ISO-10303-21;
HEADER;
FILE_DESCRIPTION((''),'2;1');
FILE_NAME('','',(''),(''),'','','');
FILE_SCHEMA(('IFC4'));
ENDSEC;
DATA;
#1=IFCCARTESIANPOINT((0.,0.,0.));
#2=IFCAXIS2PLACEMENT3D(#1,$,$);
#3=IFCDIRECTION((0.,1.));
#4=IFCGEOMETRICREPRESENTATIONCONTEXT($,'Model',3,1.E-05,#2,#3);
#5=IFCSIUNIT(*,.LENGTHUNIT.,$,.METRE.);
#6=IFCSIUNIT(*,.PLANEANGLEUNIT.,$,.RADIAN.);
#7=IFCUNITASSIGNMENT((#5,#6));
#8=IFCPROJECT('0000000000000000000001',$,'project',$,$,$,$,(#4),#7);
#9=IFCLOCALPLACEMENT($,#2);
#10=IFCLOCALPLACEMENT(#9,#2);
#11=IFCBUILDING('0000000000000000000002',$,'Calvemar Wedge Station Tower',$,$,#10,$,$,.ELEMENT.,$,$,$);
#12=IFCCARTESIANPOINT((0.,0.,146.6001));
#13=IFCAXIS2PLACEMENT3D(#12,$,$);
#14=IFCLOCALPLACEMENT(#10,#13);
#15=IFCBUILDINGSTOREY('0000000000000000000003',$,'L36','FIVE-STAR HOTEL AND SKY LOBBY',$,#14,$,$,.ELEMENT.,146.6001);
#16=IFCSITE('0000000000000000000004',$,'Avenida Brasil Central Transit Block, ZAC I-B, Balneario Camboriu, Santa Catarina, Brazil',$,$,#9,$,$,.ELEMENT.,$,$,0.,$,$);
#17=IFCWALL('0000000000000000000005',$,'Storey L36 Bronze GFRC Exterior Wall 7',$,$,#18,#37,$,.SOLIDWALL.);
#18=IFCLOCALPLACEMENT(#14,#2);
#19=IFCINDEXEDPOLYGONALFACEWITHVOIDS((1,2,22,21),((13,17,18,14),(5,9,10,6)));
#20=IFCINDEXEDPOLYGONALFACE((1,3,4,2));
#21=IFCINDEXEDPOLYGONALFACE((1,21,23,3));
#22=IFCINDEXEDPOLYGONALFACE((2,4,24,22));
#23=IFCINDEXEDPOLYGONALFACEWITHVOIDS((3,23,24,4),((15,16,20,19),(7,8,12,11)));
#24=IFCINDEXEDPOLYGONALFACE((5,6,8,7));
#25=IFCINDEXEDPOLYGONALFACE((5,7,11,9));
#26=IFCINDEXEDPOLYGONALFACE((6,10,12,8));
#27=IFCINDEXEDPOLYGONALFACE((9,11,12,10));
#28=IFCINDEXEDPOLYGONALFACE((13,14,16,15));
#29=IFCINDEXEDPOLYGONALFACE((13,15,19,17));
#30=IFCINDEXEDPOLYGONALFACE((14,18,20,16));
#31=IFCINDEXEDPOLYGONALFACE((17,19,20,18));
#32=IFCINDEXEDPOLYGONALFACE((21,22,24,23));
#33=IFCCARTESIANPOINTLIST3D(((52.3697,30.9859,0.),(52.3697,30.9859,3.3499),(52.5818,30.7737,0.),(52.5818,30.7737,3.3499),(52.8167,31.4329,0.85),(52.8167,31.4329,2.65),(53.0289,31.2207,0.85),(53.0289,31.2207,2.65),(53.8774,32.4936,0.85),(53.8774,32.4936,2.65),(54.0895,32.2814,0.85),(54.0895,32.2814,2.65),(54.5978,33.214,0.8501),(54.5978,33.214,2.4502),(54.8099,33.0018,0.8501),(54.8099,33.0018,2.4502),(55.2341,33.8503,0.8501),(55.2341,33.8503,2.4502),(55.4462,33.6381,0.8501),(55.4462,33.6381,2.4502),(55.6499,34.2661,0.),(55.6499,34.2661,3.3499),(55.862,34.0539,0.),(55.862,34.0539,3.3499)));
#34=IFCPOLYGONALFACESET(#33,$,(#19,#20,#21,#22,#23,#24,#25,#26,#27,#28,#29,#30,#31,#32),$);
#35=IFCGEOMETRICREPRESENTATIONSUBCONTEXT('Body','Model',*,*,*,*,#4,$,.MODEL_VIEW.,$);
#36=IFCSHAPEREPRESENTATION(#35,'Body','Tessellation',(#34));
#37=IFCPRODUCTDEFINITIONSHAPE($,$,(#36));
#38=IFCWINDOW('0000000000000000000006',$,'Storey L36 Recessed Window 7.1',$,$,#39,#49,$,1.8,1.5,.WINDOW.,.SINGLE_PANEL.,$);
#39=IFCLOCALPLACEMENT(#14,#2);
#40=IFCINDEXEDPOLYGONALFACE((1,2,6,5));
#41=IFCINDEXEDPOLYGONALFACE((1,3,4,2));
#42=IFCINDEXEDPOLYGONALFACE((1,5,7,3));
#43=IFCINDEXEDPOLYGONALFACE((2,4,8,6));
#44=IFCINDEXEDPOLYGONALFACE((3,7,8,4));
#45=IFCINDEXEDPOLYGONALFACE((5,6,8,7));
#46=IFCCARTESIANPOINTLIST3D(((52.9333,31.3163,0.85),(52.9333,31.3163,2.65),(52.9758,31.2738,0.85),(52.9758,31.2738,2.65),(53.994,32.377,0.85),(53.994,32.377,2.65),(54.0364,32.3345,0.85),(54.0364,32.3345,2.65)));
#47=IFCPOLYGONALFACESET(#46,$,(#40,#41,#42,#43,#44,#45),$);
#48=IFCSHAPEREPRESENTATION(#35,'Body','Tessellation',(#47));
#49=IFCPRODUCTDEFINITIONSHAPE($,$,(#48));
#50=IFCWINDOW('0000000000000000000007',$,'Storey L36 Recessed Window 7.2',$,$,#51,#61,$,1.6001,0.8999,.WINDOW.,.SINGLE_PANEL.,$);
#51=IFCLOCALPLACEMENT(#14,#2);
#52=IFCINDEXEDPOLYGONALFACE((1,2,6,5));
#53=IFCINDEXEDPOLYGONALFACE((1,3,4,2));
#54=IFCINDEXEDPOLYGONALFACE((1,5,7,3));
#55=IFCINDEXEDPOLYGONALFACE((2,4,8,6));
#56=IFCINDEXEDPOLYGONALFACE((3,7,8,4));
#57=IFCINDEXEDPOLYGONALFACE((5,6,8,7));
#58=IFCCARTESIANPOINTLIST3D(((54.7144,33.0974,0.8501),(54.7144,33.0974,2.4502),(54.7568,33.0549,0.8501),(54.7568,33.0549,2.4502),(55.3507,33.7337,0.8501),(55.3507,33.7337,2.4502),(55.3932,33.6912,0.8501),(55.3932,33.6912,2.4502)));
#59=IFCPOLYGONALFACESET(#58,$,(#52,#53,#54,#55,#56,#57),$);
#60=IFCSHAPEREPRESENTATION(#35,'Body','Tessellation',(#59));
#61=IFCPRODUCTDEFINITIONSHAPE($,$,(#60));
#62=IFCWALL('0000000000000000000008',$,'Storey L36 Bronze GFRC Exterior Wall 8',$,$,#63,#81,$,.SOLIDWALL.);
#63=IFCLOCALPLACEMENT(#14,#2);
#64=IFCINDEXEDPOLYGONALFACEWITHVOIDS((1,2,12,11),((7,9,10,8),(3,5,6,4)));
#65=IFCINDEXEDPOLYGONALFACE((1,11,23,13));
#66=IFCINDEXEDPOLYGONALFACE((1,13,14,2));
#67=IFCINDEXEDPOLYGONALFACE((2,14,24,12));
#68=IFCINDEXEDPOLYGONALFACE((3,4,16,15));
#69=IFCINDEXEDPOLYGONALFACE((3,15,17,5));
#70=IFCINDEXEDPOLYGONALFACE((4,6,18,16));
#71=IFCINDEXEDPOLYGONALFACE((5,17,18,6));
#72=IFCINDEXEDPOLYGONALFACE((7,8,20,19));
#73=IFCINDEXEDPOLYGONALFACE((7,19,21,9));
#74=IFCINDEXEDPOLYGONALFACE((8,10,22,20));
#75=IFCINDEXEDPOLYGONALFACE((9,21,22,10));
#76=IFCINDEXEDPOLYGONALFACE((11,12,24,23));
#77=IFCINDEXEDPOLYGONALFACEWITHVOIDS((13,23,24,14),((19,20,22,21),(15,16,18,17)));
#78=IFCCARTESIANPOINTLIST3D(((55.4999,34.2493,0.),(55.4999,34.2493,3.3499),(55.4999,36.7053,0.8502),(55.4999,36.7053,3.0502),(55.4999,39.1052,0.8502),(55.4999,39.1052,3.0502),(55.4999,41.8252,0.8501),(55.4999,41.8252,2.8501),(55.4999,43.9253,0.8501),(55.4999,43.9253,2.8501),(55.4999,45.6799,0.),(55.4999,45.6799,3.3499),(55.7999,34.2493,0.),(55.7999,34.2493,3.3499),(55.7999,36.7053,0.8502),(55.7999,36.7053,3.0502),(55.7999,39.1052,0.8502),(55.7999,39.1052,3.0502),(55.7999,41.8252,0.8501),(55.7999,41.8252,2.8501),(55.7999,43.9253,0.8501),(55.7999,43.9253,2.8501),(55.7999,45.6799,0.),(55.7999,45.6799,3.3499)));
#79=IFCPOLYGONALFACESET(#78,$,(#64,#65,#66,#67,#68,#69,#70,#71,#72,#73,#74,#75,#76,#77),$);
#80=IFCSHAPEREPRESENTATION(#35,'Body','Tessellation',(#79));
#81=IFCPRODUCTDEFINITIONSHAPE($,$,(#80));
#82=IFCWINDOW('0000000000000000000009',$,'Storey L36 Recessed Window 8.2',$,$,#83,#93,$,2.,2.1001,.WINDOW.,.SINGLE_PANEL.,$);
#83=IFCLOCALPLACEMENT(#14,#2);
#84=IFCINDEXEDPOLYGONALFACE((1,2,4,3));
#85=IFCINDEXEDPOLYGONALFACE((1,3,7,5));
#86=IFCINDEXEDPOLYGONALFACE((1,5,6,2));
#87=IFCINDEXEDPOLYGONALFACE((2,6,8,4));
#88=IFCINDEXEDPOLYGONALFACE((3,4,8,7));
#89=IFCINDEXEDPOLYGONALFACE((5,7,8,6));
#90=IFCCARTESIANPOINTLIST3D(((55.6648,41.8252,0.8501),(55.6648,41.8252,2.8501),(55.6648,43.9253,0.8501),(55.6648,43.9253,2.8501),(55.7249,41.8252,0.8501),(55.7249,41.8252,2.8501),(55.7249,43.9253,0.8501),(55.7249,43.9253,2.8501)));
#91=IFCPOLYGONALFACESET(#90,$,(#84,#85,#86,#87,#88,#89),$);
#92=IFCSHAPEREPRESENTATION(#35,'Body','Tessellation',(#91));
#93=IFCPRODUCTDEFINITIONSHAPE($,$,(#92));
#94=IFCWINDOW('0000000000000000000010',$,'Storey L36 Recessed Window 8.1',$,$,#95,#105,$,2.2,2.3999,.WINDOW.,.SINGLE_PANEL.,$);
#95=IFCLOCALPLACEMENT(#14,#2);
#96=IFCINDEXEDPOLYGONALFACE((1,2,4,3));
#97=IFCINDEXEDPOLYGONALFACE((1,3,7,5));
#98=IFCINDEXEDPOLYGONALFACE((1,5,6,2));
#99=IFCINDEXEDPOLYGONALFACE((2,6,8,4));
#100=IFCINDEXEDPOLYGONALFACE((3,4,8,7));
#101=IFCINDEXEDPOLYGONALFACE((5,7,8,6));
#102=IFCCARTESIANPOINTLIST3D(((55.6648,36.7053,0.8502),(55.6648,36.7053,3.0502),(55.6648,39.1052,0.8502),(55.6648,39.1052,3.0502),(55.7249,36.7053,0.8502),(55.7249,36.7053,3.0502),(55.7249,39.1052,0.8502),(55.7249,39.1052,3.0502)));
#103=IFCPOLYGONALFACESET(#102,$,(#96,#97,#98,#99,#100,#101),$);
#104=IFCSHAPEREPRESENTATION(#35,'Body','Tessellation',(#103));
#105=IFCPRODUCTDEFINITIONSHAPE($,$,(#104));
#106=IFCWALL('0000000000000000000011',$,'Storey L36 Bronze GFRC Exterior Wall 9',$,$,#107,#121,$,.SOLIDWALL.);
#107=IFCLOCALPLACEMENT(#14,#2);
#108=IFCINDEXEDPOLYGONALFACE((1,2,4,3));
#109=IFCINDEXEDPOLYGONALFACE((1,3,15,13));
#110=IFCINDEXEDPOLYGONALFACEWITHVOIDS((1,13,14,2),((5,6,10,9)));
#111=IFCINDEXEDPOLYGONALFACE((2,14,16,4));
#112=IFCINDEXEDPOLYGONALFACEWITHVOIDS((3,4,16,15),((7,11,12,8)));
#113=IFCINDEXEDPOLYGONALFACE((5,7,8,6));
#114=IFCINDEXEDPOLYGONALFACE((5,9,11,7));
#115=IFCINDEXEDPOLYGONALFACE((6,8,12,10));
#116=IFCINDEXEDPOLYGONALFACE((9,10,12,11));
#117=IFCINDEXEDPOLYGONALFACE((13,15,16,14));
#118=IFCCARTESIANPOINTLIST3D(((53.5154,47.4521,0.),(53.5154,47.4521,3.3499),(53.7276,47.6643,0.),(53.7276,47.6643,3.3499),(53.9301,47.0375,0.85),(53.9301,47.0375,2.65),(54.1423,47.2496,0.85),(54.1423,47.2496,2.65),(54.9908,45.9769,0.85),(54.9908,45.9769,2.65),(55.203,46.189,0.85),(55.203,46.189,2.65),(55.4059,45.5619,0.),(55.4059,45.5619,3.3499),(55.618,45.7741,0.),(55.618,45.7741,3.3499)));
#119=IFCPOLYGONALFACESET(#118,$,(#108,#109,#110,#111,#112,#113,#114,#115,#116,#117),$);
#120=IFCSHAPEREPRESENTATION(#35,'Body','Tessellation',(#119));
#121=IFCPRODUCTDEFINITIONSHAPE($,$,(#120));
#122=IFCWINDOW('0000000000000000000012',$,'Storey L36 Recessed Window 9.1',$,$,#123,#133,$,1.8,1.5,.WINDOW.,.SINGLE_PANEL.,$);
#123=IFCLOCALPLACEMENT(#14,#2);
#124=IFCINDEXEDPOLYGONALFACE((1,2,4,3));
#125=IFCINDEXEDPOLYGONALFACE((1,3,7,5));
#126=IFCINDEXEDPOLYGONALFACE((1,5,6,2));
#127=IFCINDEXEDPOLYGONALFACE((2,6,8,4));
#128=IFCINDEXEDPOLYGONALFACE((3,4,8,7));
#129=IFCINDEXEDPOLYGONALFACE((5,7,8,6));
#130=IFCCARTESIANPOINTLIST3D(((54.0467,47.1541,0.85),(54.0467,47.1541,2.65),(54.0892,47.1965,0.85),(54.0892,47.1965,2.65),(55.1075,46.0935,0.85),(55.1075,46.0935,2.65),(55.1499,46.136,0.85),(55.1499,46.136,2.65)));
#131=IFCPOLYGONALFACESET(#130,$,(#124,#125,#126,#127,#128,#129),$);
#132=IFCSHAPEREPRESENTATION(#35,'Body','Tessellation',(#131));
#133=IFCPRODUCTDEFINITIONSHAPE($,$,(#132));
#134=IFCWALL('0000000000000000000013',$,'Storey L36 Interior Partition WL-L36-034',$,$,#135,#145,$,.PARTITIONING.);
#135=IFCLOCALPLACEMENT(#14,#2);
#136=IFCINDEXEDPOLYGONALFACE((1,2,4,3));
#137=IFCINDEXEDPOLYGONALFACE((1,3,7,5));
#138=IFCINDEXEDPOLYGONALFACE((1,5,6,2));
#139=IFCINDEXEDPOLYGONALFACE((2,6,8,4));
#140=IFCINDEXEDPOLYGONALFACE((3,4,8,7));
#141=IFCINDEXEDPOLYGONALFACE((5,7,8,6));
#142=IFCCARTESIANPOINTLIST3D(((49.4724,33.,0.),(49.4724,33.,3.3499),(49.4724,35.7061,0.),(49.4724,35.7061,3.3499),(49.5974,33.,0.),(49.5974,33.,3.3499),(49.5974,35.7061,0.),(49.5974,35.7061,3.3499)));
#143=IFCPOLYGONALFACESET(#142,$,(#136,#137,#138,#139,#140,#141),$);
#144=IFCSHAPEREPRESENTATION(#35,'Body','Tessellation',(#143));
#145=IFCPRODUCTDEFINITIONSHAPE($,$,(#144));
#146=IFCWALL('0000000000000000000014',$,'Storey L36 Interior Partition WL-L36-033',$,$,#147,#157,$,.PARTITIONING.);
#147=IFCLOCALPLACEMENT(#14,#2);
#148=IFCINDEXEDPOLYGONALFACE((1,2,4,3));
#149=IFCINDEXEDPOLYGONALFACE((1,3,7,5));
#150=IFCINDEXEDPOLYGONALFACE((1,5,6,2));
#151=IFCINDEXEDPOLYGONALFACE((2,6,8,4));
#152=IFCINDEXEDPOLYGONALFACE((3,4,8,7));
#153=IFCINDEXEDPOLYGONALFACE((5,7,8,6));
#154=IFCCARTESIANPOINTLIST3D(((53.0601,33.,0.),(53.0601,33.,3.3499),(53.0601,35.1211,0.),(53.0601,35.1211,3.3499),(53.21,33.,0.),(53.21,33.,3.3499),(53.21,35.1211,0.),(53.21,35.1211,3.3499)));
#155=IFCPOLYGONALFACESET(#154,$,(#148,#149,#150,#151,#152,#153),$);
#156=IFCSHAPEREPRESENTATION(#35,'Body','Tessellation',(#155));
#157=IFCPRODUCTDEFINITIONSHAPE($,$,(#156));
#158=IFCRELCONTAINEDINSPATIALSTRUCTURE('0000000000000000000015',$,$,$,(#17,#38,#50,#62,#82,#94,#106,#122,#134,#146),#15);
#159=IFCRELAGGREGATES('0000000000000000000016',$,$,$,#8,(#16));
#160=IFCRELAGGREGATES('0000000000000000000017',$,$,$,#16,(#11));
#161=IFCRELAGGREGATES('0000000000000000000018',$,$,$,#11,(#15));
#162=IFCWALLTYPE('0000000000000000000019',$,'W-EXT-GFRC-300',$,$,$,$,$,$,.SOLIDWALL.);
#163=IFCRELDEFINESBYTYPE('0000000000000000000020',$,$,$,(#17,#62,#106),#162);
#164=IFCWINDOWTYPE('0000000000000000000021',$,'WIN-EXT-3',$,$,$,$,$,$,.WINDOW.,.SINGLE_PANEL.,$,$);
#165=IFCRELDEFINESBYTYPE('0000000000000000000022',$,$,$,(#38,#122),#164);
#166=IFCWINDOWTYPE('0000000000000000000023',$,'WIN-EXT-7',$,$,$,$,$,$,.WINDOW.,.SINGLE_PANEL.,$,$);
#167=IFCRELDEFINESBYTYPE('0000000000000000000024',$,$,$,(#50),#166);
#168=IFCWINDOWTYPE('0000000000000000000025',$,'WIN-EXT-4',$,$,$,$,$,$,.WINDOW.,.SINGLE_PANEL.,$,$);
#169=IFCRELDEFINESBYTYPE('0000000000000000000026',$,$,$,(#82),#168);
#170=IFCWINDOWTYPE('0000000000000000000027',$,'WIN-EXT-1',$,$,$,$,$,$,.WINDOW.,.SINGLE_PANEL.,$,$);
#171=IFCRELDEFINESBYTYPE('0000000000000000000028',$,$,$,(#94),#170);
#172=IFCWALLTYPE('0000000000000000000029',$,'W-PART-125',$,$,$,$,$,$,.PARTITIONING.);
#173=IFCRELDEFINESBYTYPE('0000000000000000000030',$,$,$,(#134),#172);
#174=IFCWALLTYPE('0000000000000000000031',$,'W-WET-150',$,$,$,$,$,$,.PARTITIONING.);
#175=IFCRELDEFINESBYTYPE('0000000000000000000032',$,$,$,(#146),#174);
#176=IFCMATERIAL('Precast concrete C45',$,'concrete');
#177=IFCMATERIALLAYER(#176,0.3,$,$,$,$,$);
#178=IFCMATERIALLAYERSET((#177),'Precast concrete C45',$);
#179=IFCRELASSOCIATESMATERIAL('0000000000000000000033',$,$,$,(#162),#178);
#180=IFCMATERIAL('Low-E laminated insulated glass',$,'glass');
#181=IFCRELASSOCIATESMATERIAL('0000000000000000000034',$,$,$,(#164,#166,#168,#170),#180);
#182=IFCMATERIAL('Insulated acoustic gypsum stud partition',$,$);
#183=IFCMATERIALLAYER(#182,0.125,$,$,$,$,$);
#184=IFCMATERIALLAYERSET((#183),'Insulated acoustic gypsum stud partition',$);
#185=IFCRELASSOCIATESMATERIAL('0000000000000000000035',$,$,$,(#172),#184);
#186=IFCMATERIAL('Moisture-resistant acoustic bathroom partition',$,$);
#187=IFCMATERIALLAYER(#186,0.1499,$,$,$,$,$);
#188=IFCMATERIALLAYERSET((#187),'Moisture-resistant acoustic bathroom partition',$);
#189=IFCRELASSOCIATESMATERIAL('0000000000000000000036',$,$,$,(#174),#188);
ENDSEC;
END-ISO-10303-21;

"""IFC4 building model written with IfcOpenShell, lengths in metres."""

from ifc_helpers import new_model, si_unit, direction, frame, frame_2d, origin, place, context, subcontext, project, spatial, rectangle, extrude, source, transform, mapped, material, layer, layer_set, type_object, element, fill, save


model = new_model("IFC4")

# Units and contexts
model_context = context("Model", 3, precision=1e-05, world=origin(), true_north=direction((0.0, 1.0)))
body_context = subcontext(model_context, "Body", "Model", "MODEL_VIEW")
ifc_project = project(units=[si_unit("LENGTHUNIT", "METRE"), si_unit("PLANEANGLEUNIT", "RADIAN")], contexts=[model_context])

# Site, building, storey
site_placement = place(None, origin())
site = spatial("IfcSite", under=ifc_project, at=site_placement, Name="Avenida Brasil Central Transit Block, ZAC I-B, Balneario Camboriu, Santa Catarina, Brazil", CompositionType="ELEMENT", RefElevation=0.0)
building_placement = place(site_placement, origin())
building = spatial("IfcBuilding", under=site, at=building_placement, Name="Calvemar Wedge Station Tower", CompositionType="ELEMENT")
storey_placement = place(building_placement, frame((0.0, 0.0, 146.6001)))
storey = spatial("IfcBuildingStorey", under=building, at=storey_placement, Name="L36", Description="FIVE-STAR HOTEL AND SKY LOBBY", CompositionType="ELEMENT", Elevation=146.6001)

# Shared definitions
ifc_material_1 = material(Name="Precast concrete C45", Category="concrete")

# Shared definitions
ifc_layer_1 = layer(ifc_material_1, 0.3)
ifc_layer_set_1 = layer_set([ifc_layer_1], Name="Precast concrete C45")
wall_type_1 = type_object("IfcWallType", Name="W-EXT-GFRC-300", PredefinedType="SOLIDWALL", material=ifc_layer_set_1)

# Walls, openings, windows
wall_1_placement = place(storey_placement, frame((52.4758, 30.8799, 0.0), z_axis=(0.0, 0.0, 1.0), x_axis=(0.707107, 0.707107, 0.0)))
wall_1 = element("IfcWall", 1, at=wall_1_placement, inside=storey, type_object=wall_type_1, Name="Storey L36 Bronze GFRC Exterior Wall 7", PredefinedType="SOLIDWALL", context=body_context, shape_type="SweptSolid", body=[
    extrude(rectangle(XDim=4.6389, YDim=0.3, at=frame_2d((2.3193, 0.0))), origin(), (0.0, 0.0, 1.0), 3.3499),
])
shared_shape_1 = source(origin(), body_context, "Body", "SweptSolid", [
    extrude(rectangle(XDim=1.5, YDim=1.8, at=frame_2d((0.75, 0.8999))), frame((0.0, 0.1602, 0.0), z_axis=(0.0, -1.0, 0.0), x_axis=(1.0, 0.0, 0.0)), (0.0, 0.0, 1.0), 0.3201),
])
opening_1_placement = place(wall_1_placement, frame((0.6321, 0.0, 0.8501)))
opening_1 = element("IfcOpeningElement", 2, at=opening_1_placement, cuts=wall_1, PredefinedType="OPENING", context=body_context, shape_type="MappedRepresentation", body=[
    mapped(shared_shape_1, transform((0.0, 0.0, 0.0), scale=1.0)),
])
shared_shape_2 = source(origin(), body_context, "Body", "SweptSolid", [
    extrude(rectangle(XDim=0.8999, YDim=1.6001, at=frame_2d((0.45, 0.8))), frame((0.0, 0.1602, 0.0), z_axis=(0.0, -1.0, 0.0), x_axis=(1.0, 0.0, 0.0)), (0.0, 0.0, 1.0), 0.3201),
])
opening_2_placement = place(wall_1_placement, frame((3.1509, 0.0, 0.8501)))
opening_2 = element("IfcOpeningElement", 3, at=opening_2_placement, cuts=wall_1, PredefinedType="OPENING", context=body_context, shape_type="MappedRepresentation", body=[
    mapped(shared_shape_2, transform((0.0, 0.0, 0.0), scale=1.0)),
])
ifc_material_2 = material(Name="Low-E laminated insulated glass", Category="glass")
window_type_1 = type_object("IfcWindowType", Name="WIN-EXT-3", PartitioningType="SINGLE_PANEL", PredefinedType="WINDOW", material=ifc_material_2)
shared_shape_3 = source(origin(), body_context, "Body", "SweptSolid", [
    extrude(rectangle(XDim=1.5, YDim=1.8, at=frame_2d((0.75, 0.8999))), frame((0.0, -0.0149, 0.0), z_axis=(0.0, -1.0, 0.0), x_axis=(1.0, 0.0, 0.0)), (0.0, 0.0, 1.0), 0.0601),
])
window_1_placement = place(opening_1_placement, origin())
window_1 = element("IfcWindow", 4, at=window_1_placement, inside=storey, type_object=window_type_1, Name="Storey L36 Recessed Window 7.1", OverallHeight=1.8, OverallWidth=1.5, PartitioningType="SINGLE_PANEL", PredefinedType="WINDOW", context=body_context, shape_type="MappedRepresentation", body=[
    mapped(shared_shape_3, transform((0.0, 0.0, 0.0), scale=1.0)),
])
fill(opening_1, window_1)
window_type_2 = type_object("IfcWindowType", Name="WIN-EXT-7", PartitioningType="SINGLE_PANEL", PredefinedType="WINDOW", material=ifc_material_2)
shared_shape_4 = source(origin(), body_context, "Body", "SweptSolid", [
    extrude(rectangle(XDim=0.8999, YDim=1.6001, at=frame_2d((0.45, 0.8))), frame((0.0, -0.0149, 0.0), z_axis=(0.0, -1.0, 0.0), x_axis=(1.0, 0.0, 0.0)), (0.0, 0.0, 1.0), 0.0601),
])
window_2_placement = place(opening_2_placement, origin())
window_2 = element("IfcWindow", 5, at=window_2_placement, inside=storey, type_object=window_type_2, Name="Storey L36 Recessed Window 7.2", OverallHeight=1.6001, OverallWidth=0.8999, PartitioningType="SINGLE_PANEL", PredefinedType="WINDOW", context=body_context, shape_type="MappedRepresentation", body=[
    mapped(shared_shape_4, transform((0.0, 0.0, 0.0), scale=1.0)),
])
fill(opening_2, window_2)
wall_2_placement = place(storey_placement, frame((55.6499, 34.2493, 0.0), z_axis=(0.0, 0.0, 1.0), x_axis=(0.0, 1.0, 0.0)))
wall_2 = element("IfcWall", 6, at=wall_2_placement, inside=storey, type_object=wall_type_1, Name="Storey L36 Bronze GFRC Exterior Wall 8", PredefinedType="SOLIDWALL", context=body_context, shape_type="SweptSolid", body=[
    extrude(rectangle(XDim=11.4307, YDim=0.3, at=frame_2d((5.7153, 0.0))), origin(), (0.0, 0.0, 1.0), 3.3499),
])
shared_shape_5 = source(origin(), body_context, "Body", "SweptSolid", [
    extrude(rectangle(XDim=2.3999, YDim=2.2, at=frame_2d((1.2, 1.1001))), frame((0.0, 0.1602, 0.0), z_axis=(0.0, -1.0, 0.0), x_axis=(1.0, 0.0, 0.0)), (0.0, 0.0, 1.0), 0.3201),
])
opening_3_placement = place(wall_2_placement, frame((2.4561, 0.0, 0.8501)))
opening_3 = element("IfcOpeningElement", 7, at=opening_3_placement, cuts=wall_2, PredefinedType="OPENING", context=body_context, shape_type="MappedRepresentation", body=[
    mapped(shared_shape_5, transform((0.0, 0.0, 0.0), scale=1.0)),
])
shared_shape_6 = source(origin(), body_context, "Body", "SweptSolid", [
    extrude(rectangle(XDim=2.1001, YDim=2.0, at=frame_2d((1.05, 1.0))), frame((0.0, 0.1602, 0.0), z_axis=(0.0, -1.0, 0.0), x_axis=(1.0, 0.0, 0.0)), (0.0, 0.0, 1.0), 0.3201),
])
opening_4_placement = place(wall_2_placement, frame((7.5759, 0.0, 0.8501)))
opening_4 = element("IfcOpeningElement", 8, at=opening_4_placement, cuts=wall_2, PredefinedType="OPENING", context=body_context, shape_type="MappedRepresentation", body=[
    mapped(shared_shape_6, transform((0.0, 0.0, 0.0), scale=1.0)),
])
window_type_3 = type_object("IfcWindowType", Name="WIN-EXT-4", PartitioningType="SINGLE_PANEL", PredefinedType="WINDOW", material=ifc_material_2)
shared_shape_7 = source(origin(), body_context, "Body", "SweptSolid", [
    extrude(rectangle(XDim=2.1001, YDim=2.0, at=frame_2d((1.05, 1.0))), frame((0.0, -0.0149, 0.0), z_axis=(0.0, -1.0, 0.0), x_axis=(1.0, 0.0, 0.0)), (0.0, 0.0, 1.0), 0.0601),
])
window_3_placement = place(opening_4_placement, origin())
window_3 = element("IfcWindow", 9, at=window_3_placement, inside=storey, type_object=window_type_3, Name="Storey L36 Recessed Window 8.2", OverallHeight=2.0, OverallWidth=2.1001, PartitioningType="SINGLE_PANEL", PredefinedType="WINDOW", context=body_context, shape_type="MappedRepresentation", body=[
    mapped(shared_shape_7, transform((0.0, 0.0, 0.0), scale=1.0)),
])
fill(opening_4, window_3)
window_type_4 = type_object("IfcWindowType", Name="WIN-EXT-1", PartitioningType="SINGLE_PANEL", PredefinedType="WINDOW", material=ifc_material_2)
shared_shape_8 = source(origin(), body_context, "Body", "SweptSolid", [
    extrude(rectangle(XDim=2.3999, YDim=2.2, at=frame_2d((1.2, 1.1001))), frame((0.0, -0.0149, 0.0), z_axis=(0.0, -1.0, 0.0), x_axis=(1.0, 0.0, 0.0)), (0.0, 0.0, 1.0), 0.0601),
])
window_4_placement = place(opening_3_placement, origin())
window_4 = element("IfcWindow", 10, at=window_4_placement, inside=storey, type_object=window_type_4, Name="Storey L36 Recessed Window 8.1", OverallHeight=2.2, OverallWidth=2.3999, PartitioningType="SINGLE_PANEL", PredefinedType="WINDOW", context=body_context, shape_type="MappedRepresentation", body=[
    mapped(shared_shape_8, transform((0.0, 0.0, 0.0), scale=1.0)),
])
fill(opening_3, window_4)

# Wall, opening, window
wall_3_placement = place(storey_placement, frame((55.512, 45.668, 0.0), z_axis=(0.0, 0.0, 1.0), x_axis=(-0.707152, 0.707061, 0.0)))
wall_3 = element("IfcWall", 11, at=wall_3_placement, inside=storey, type_object=wall_type_1, Name="Storey L36 Bronze GFRC Exterior Wall 9", PredefinedType="SOLIDWALL", context=body_context, shape_type="SweptSolid", body=[
    extrude(rectangle(XDim=2.6733, YDim=0.3, at=frame_2d((1.3367, 0.0))), origin(), (0.0, 0.0, 1.0), 3.3499),
])
opening_5_placement = place(wall_3_placement, frame((0.5869, 0.0, 0.8501)))
opening_5 = element("IfcOpeningElement", 12, at=opening_5_placement, cuts=wall_3, PredefinedType="OPENING", context=body_context, shape_type="MappedRepresentation", body=[
    mapped(shared_shape_1, transform((0.0, 0.0, 0.0), scale=1.0)),
])
window_5_placement = place(opening_5_placement, origin())
window_5 = element("IfcWindow", 13, at=window_5_placement, inside=storey, type_object=window_type_1, Name="Storey L36 Recessed Window 9.1", OverallHeight=1.8, OverallWidth=1.5, PartitioningType="SINGLE_PANEL", PredefinedType="WINDOW", context=body_context, shape_type="MappedRepresentation", body=[
    mapped(shared_shape_3, transform((0.0, 0.0, 0.0), scale=1.0)),
])
fill(opening_5, window_5)

# Wall
ifc_material_3 = material(Name="Insulated acoustic gypsum stud partition")
ifc_layer_2 = layer(ifc_material_3, 0.125)
ifc_layer_set_2 = layer_set([ifc_layer_2], Name="Insulated acoustic gypsum stud partition")
wall_type_2 = type_object("IfcWallType", Name="W-PART-125", PredefinedType="PARTITIONING", material=ifc_layer_set_2)
wall_4_placement = place(storey_placement, frame((49.5349, 33.0, 0.0), z_axis=(0.0, 0.0, 1.0), x_axis=(0.0, 1.0, 0.0)))
element("IfcWall", 14, at=wall_4_placement, inside=storey, type_object=wall_type_2, Name="Storey L36 Interior Partition WL-L36-034", PredefinedType="PARTITIONING", context=body_context, shape_type="SweptSolid", body=[
    extrude(rectangle(XDim=2.7061, YDim=0.125, at=frame_2d((1.353, 0.0))), origin(), (0.0, 0.0, 1.0), 3.3499),
])

# Shared definitions
ifc_material_4 = material(Name="Moisture-resistant acoustic bathroom partition")
ifc_layer_3 = layer(ifc_material_4, 0.1499)
ifc_layer_set_3 = layer_set([ifc_layer_3], Name="Moisture-resistant acoustic bathroom partition")
wall_type_3 = type_object("IfcWallType", Name="W-WET-150", PredefinedType="PARTITIONING", material=ifc_layer_set_3)

# Wall
wall_5_placement = place(storey_placement, frame((53.135, 33.0, 0.0), z_axis=(0.0, 0.0, 1.0), x_axis=(0.0, 1.0, 0.0)))
element("IfcWall", 15, at=wall_5_placement, inside=storey, type_object=wall_type_3, Name="Storey L36 Interior Partition WL-L36-033", PredefinedType="PARTITIONING", context=body_context, shape_type="SweptSolid", body=[
    extrude(rectangle(XDim=2.1211, YDim=0.1499, at=frame_2d((1.0605, 0.0))), origin(), (0.0, 0.0, 1.0), 3.3499),
])

save(model, "model.ifc")
